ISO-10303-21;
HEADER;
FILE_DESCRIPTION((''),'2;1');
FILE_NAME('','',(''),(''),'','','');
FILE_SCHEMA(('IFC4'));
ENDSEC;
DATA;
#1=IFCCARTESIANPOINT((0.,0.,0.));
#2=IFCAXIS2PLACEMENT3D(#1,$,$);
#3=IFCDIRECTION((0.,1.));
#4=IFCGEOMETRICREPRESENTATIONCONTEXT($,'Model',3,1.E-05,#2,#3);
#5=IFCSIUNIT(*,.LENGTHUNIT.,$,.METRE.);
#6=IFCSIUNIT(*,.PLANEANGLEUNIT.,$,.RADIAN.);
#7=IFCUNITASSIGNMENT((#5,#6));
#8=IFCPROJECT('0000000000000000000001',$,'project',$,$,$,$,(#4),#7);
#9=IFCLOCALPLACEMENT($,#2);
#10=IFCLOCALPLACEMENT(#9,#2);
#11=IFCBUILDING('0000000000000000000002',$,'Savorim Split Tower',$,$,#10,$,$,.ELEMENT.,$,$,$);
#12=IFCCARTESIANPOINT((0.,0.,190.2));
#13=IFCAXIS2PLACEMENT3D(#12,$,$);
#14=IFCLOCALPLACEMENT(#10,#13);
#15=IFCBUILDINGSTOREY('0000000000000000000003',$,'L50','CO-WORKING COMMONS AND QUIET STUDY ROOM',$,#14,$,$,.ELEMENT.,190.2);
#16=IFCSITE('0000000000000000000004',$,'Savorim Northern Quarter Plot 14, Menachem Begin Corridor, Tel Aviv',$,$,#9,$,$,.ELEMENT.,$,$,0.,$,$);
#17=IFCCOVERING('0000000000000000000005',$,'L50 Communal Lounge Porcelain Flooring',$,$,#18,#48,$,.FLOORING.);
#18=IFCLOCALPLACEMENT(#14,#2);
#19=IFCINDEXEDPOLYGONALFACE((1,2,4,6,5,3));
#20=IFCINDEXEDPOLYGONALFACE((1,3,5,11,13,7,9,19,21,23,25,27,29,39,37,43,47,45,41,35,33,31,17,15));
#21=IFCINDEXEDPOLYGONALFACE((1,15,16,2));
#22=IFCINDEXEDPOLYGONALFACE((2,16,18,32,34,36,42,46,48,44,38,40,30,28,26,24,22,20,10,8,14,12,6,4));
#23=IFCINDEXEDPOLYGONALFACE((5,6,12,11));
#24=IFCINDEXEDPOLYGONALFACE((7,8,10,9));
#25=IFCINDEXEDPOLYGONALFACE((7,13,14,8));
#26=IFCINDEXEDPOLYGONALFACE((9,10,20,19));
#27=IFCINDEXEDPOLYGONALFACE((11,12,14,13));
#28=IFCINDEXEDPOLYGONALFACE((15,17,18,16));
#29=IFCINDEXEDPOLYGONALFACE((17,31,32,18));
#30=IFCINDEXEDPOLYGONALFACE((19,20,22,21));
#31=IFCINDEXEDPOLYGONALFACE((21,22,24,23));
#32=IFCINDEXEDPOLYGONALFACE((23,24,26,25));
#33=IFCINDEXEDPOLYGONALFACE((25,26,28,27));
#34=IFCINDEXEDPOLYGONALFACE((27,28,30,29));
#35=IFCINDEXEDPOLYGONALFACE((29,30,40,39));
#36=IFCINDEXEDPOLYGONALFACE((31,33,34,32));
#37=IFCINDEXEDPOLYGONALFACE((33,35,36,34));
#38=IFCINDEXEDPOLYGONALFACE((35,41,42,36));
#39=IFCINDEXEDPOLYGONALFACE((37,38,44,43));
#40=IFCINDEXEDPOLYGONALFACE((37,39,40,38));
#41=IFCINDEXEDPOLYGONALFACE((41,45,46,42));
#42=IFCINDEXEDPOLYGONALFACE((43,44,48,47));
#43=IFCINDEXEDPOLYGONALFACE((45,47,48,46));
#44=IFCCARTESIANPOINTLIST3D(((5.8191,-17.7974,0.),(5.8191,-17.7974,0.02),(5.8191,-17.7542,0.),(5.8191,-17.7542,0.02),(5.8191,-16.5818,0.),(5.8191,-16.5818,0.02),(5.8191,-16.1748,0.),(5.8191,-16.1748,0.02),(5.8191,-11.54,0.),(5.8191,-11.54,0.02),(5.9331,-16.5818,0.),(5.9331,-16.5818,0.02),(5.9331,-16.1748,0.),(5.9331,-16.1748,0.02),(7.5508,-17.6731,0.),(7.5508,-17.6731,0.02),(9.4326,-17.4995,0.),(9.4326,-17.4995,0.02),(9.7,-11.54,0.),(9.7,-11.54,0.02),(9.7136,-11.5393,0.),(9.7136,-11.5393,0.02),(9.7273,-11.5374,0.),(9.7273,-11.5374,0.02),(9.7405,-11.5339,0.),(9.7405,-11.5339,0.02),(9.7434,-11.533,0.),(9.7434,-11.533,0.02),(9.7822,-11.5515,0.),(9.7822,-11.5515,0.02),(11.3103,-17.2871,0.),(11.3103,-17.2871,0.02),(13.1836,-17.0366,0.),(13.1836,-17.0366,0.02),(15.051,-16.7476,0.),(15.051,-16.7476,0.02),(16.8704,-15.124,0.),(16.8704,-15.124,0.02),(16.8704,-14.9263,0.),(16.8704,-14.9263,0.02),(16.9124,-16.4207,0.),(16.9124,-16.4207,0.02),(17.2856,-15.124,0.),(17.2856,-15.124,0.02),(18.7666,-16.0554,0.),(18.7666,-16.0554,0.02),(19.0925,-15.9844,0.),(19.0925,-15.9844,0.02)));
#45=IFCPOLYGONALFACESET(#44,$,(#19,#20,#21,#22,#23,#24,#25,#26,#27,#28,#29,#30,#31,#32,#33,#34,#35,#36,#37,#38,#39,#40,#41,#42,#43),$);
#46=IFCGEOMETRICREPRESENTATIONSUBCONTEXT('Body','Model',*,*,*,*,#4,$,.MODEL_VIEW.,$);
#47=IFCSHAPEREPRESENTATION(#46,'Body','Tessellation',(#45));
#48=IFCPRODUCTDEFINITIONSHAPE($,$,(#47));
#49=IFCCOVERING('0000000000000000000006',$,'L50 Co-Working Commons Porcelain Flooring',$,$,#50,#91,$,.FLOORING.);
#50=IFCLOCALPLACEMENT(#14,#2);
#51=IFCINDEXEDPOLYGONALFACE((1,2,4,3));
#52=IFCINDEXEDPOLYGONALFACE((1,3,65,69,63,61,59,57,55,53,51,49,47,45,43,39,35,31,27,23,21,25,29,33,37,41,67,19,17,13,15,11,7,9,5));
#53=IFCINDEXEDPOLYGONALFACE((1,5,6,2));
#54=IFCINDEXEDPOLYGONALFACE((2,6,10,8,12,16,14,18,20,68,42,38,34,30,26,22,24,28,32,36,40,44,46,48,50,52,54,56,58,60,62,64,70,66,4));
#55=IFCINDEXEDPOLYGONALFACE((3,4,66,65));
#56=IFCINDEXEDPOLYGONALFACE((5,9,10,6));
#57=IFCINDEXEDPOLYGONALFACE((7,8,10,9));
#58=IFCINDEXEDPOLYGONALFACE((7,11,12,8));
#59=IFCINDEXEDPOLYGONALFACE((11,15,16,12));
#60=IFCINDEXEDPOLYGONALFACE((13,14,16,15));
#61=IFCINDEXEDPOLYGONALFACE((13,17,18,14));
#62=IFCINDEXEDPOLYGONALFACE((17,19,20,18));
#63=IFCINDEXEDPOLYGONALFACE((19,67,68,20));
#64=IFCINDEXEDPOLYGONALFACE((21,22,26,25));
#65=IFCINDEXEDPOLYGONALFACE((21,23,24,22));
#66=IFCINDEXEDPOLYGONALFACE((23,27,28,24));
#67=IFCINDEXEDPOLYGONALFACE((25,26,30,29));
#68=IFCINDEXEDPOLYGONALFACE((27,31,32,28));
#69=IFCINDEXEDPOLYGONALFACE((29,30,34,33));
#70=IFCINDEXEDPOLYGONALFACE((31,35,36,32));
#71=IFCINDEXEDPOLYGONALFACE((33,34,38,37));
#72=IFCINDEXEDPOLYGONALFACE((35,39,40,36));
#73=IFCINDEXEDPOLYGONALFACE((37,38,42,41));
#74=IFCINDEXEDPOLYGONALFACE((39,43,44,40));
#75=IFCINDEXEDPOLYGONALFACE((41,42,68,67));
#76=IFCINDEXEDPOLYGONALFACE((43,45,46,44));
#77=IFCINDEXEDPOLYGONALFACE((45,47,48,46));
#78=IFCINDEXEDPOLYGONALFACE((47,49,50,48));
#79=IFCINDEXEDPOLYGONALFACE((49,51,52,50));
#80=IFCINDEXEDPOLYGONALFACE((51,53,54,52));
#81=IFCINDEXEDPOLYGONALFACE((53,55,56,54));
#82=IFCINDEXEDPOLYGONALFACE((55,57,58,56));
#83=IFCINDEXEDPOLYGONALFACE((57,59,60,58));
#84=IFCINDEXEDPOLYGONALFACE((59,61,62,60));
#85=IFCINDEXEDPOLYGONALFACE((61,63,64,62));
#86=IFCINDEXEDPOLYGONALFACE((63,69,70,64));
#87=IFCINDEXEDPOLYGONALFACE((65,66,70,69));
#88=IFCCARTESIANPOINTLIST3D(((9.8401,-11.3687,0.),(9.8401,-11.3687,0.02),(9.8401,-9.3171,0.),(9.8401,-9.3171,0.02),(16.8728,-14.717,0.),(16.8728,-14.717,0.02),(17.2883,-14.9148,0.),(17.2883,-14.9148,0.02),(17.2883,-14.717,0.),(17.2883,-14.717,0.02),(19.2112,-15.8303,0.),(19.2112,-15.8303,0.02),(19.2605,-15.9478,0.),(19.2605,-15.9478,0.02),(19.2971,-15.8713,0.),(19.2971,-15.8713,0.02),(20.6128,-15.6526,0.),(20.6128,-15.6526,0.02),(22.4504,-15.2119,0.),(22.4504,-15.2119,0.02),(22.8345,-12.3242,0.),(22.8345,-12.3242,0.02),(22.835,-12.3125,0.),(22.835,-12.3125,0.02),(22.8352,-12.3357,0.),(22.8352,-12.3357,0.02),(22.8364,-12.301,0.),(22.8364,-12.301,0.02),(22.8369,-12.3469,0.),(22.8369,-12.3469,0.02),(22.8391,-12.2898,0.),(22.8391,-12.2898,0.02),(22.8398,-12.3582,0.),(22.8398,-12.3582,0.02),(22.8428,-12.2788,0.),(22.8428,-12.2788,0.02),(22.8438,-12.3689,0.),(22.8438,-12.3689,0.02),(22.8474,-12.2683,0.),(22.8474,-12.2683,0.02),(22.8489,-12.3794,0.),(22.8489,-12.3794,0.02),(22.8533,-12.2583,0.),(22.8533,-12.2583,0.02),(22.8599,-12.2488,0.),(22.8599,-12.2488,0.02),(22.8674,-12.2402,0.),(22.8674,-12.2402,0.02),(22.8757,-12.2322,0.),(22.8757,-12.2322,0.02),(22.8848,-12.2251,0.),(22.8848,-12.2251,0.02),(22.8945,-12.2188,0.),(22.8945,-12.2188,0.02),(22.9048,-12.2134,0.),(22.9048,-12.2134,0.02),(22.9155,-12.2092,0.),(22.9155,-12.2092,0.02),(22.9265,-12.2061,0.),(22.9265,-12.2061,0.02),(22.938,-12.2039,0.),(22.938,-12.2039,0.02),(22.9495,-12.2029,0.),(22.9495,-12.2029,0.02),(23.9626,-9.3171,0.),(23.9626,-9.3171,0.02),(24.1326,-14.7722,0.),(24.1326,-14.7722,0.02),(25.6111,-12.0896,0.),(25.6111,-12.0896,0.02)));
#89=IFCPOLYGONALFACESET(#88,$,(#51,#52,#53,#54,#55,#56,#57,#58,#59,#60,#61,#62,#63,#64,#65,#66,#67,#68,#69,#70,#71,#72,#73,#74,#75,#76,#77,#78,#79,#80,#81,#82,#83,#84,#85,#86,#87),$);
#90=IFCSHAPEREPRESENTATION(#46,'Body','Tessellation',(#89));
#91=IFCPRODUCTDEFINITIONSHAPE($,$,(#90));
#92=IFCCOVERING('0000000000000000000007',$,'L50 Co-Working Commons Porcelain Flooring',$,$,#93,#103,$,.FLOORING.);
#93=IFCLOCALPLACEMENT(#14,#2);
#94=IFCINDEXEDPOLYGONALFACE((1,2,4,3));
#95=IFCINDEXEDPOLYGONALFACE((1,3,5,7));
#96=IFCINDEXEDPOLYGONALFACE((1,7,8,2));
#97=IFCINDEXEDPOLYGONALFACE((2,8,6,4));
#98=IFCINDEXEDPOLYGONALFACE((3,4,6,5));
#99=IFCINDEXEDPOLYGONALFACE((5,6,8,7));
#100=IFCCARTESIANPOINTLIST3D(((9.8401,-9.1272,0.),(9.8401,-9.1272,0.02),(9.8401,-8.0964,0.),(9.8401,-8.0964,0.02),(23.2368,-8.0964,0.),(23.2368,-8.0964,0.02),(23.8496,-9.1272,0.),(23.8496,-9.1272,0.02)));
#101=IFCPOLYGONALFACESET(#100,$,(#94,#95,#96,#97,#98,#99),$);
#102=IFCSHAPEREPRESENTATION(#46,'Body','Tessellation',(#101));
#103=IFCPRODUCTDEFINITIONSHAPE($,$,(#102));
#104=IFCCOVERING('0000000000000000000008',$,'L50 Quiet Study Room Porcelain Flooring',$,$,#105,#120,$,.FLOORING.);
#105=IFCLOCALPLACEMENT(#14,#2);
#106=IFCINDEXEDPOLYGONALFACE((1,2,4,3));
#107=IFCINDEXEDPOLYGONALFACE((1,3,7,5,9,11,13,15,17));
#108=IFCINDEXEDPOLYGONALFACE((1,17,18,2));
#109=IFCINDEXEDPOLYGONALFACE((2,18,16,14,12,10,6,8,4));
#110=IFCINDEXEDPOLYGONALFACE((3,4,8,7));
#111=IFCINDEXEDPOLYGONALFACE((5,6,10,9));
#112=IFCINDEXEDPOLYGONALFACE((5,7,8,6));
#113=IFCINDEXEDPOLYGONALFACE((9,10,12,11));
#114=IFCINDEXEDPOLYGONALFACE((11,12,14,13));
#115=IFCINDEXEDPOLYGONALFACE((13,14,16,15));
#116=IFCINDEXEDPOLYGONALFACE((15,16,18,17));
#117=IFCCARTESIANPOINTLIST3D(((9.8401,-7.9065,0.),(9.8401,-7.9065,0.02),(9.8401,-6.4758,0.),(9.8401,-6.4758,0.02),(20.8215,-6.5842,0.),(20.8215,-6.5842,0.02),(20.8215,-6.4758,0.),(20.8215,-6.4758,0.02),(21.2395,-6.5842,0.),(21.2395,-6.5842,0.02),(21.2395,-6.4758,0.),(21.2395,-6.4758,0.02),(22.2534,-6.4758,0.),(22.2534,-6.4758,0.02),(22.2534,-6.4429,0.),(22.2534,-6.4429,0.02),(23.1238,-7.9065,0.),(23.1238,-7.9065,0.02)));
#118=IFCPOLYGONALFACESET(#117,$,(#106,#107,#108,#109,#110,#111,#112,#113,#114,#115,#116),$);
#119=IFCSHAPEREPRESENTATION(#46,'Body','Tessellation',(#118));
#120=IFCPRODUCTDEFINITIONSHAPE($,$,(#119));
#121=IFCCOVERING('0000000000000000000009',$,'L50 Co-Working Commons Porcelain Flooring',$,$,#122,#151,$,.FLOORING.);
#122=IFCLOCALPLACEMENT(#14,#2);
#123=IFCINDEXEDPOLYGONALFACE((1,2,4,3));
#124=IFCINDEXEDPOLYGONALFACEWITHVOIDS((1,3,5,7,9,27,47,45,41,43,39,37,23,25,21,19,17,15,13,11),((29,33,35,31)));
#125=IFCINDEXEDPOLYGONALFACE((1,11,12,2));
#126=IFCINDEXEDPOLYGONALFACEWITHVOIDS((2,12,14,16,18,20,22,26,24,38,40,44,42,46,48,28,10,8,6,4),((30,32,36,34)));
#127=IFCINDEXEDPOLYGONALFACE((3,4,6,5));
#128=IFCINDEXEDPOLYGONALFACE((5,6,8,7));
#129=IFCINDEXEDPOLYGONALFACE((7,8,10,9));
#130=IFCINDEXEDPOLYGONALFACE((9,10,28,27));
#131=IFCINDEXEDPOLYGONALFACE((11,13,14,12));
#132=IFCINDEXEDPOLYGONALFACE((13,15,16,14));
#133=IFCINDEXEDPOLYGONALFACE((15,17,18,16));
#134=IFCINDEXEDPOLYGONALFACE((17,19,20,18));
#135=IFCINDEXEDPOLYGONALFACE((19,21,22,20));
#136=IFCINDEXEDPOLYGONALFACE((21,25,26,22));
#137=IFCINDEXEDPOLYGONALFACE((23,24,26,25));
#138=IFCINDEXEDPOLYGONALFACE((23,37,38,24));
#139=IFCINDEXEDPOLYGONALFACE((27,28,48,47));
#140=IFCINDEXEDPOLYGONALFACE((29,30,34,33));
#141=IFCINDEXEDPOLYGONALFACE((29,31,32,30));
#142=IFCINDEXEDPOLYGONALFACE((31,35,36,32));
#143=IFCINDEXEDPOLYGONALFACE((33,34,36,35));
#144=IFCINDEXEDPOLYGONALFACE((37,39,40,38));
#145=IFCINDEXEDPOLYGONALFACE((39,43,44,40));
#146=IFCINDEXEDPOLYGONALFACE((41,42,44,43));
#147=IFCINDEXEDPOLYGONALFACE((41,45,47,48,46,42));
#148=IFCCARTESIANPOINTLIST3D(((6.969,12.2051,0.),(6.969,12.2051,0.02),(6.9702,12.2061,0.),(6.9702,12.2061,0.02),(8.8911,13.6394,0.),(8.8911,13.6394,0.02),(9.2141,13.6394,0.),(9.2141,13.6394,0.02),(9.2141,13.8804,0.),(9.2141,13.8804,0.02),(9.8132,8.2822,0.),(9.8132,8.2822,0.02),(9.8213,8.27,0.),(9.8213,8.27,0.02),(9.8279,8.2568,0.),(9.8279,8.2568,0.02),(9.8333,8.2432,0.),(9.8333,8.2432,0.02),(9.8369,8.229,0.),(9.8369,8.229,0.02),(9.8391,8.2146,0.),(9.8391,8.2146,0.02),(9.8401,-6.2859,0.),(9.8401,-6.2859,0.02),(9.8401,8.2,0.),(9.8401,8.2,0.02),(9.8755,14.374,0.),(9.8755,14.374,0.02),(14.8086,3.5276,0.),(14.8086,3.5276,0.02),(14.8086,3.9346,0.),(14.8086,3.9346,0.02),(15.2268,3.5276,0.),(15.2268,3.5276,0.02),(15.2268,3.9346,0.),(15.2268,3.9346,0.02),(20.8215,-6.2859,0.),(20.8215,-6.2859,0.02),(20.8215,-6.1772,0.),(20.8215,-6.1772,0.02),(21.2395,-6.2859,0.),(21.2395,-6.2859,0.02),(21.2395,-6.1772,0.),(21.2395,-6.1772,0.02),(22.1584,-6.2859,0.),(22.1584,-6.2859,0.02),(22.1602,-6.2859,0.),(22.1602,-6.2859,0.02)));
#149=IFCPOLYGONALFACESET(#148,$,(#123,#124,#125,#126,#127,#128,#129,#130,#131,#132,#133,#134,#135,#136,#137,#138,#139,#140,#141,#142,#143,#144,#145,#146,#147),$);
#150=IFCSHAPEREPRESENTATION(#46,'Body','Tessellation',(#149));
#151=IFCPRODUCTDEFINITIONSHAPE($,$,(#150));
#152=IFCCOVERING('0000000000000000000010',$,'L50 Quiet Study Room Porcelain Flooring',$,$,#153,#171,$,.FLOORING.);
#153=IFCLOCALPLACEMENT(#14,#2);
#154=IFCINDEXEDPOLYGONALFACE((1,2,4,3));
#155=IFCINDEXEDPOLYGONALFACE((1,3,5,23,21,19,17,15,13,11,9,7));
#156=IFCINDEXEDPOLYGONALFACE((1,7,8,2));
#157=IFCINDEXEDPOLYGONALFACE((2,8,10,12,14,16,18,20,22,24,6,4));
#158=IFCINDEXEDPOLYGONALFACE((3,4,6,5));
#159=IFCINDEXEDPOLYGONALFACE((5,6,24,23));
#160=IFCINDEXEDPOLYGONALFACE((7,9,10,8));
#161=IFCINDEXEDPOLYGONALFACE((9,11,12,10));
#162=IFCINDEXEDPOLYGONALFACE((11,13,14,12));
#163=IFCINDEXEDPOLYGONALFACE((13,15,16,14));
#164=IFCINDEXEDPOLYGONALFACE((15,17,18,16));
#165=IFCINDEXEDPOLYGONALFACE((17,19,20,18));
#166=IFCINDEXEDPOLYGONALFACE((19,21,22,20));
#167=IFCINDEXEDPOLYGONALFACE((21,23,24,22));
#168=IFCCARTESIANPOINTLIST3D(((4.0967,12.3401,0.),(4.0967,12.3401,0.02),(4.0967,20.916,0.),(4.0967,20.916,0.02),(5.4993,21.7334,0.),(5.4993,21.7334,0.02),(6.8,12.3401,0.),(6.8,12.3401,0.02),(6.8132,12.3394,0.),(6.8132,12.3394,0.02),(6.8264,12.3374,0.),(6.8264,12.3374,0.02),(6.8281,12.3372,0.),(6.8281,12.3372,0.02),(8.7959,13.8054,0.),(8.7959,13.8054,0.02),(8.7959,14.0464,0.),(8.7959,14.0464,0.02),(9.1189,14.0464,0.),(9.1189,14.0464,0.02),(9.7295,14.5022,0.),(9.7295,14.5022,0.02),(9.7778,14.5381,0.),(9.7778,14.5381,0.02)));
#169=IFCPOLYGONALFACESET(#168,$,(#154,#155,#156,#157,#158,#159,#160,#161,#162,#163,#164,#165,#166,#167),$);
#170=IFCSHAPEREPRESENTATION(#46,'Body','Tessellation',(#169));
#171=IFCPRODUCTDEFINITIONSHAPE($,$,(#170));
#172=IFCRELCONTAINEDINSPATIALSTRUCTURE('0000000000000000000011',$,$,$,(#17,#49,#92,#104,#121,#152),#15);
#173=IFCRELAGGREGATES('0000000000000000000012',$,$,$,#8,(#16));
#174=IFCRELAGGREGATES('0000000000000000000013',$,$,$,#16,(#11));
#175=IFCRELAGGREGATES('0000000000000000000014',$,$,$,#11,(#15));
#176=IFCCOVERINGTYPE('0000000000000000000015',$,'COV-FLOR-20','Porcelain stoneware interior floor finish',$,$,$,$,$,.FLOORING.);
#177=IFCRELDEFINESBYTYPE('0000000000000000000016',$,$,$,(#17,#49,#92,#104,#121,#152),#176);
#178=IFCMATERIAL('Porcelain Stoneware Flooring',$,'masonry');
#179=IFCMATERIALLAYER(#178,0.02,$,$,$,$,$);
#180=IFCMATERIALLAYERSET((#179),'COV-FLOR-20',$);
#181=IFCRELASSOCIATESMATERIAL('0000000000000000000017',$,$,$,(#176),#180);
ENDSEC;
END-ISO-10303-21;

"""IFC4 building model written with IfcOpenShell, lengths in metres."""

from ifc_helpers import new_model, si_unit, direction, frame, origin, place, context, subcontext, project, spatial, polyline, outline, extrude, material, layer, layer_set, type_object, element, save


model = new_model("IFC4")

# Units and contexts
model_context = context("Model", 3, precision=1e-05, world=origin(), true_north=direction((0.0, 1.0)))
body_context = subcontext(model_context, "Body", "Model", "MODEL_VIEW")
ifc_project = project(units=[si_unit("LENGTHUNIT", "METRE"), si_unit("PLANEANGLEUNIT", "RADIAN")], contexts=[model_context])

# Site, building, storey
site_placement = place(None, origin())
site = spatial("IfcSite", under=ifc_project, at=site_placement, Name="Savorim Northern Quarter Plot 14, Menachem Begin Corridor, Tel Aviv", CompositionType="ELEMENT", RefElevation=0.0)
building_placement = place(site_placement, origin())
building = spatial("IfcBuilding", under=site, at=building_placement, Name="Savorim Split Tower", CompositionType="ELEMENT")
storey_placement = place(building_placement, frame((0.0, 0.0, 190.2)))
storey = spatial("IfcBuildingStorey", under=building, at=storey_placement, Name="L50", Description="CO-WORKING COMMONS AND QUIET STUDY ROOM", CompositionType="ELEMENT", Elevation=190.2)

# Coverings
ifc_material_1 = material(Name="Porcelain Stoneware Flooring", Category="masonry")
ifc_layer_1 = layer(ifc_material_1, 0.02)
ifc_layer_set_1 = layer_set([ifc_layer_1], Name="COV-FLOR-20")
covering_type_1 = type_object("IfcCoveringType", Name="COV-FLOR-20", Description="Porcelain stoneware interior floor finish", PredefinedType="FLOORING", material=ifc_layer_set_1)
covering_1_placement = place(storey_placement, origin())
element("IfcCovering", 1, at=covering_1_placement, inside=storey, type_object=covering_type_1, Name="L50 Communal Lounge Porcelain Flooring", PredefinedType="FLOORING", context=body_context, shape_type="SweptSolid", body=[
    extrude(outline(polyline([(13.1836, -17.0366), (15.051, -16.7476), (16.9124, -16.4207), (18.7666, -16.0554), (19.0925, -15.9844), (17.2856, -15.124), (16.8704, -15.124), (16.8704, -14.9263), (9.7822, -11.5515), (9.7434, -11.533), (9.7405, -11.5339), (9.7273, -11.5374), (9.7136, -11.5393), (9.7, -11.54), (5.8191, -11.54), (5.8191, -16.1748), (5.9331, -16.1748), (5.9331, -16.5818), (5.8191, -16.5818), (5.8191, -17.7542), (5.8191, -17.7974), (7.5508, -17.6731), (9.4326, -17.4995), (11.3103, -17.2871), (13.1836, -17.0366)])), origin(), (0.0, 0.0, 1.0), 0.02),
])
covering_2_placement = place(storey_placement, origin())
element("IfcCovering", 2, at=covering_2_placement, inside=storey, type_object=covering_type_1, Name="L50 Co-Working Commons Porcelain Flooring", PredefinedType="FLOORING", context=body_context, shape_type="SweptSolid", body=[
    extrude(outline(polyline([(22.9265, -12.2061), (22.938, -12.2039), (22.9495, -12.2029), (25.6111, -12.0896), (23.9626, -9.3171), (9.8401, -9.3171), (9.8401, -11.3687), (16.8728, -14.717), (17.2883, -14.717), (17.2883, -14.9148), (19.2112, -15.8303), (19.2971, -15.8713), (19.2605, -15.9478), (20.6128, -15.6526), (22.4504, -15.2119), (24.1326, -14.7722), (22.8489, -12.3794), (22.8438, -12.3689), (22.8398, -12.3582), (22.8369, -12.3469), (22.8352, -12.3357), (22.8345, -12.3242), (22.835, -12.3125), (22.8364, -12.301), (22.8391, -12.2898), (22.8428, -12.2788), (22.8474, -12.2683), (22.8533, -12.2583), (22.8599, -12.2488), (22.8674, -12.2402), (22.8757, -12.2322), (22.8848, -12.2251), (22.8945, -12.2188), (22.9048, -12.2134), (22.9155, -12.2092), (22.9265, -12.2061)])), origin(), (0.0, 0.0, 1.0), 0.02),
])
covering_3_placement = place(storey_placement, origin())
element("IfcCovering", 3, at=covering_3_placement, inside=storey, type_object=covering_type_1, Name="L50 Co-Working Commons Porcelain Flooring", PredefinedType="FLOORING", context=body_context, shape_type="SweptSolid", body=[
    extrude(outline(polyline([(23.8496, -9.1272), (23.2368, -8.0964), (9.8401, -8.0964), (9.8401, -9.1272), (23.8496, -9.1272)])), origin(), (0.0, 0.0, 1.0), 0.02),
])
covering_4_placement = place(storey_placement, origin())
element("IfcCovering", 4, at=covering_4_placement, inside=storey, type_object=covering_type_1, Name="L50 Quiet Study Room Porcelain Flooring", PredefinedType="FLOORING", context=body_context, shape_type="SweptSolid", body=[
    extrude(outline(polyline([(20.8215, -6.5842), (20.8215, -6.4758), (9.8401, -6.4758), (9.8401, -7.9065), (23.1238, -7.9065), (22.2534, -6.4429), (22.2534, -6.4758), (21.2395, -6.4758), (21.2395, -6.5842), (20.8215, -6.5842)])), origin(), (0.0, 0.0, 1.0), 0.02),
])
covering_5_placement = place(storey_placement, origin())
element("IfcCovering", 5, at=covering_5_placement, inside=storey, type_object=covering_type_1, Name="L50 Co-Working Commons Porcelain Flooring", PredefinedType="FLOORING", context=body_context, shape_type="SweptSolid", body=[
    extrude(outline(polyline([(21.2395, -6.1772), (21.2395, -6.2859), (22.1584, -6.2859), (22.1602, -6.2859), (9.8755, 14.374), (9.2141, 13.8804), (9.2141, 13.6394), (8.8911, 13.6394), (6.9702, 12.2061), (6.969, 12.2051), (9.8132, 8.2822), (9.8213, 8.27), (9.8279, 8.2568), (9.8333, 8.2432), (9.8369, 8.229), (9.8391, 8.2146), (9.8401, 8.2), (9.8401, -6.2859), (20.8215, -6.2859), (20.8215, -6.1772), (21.2395, -6.1772)]), holes=[polyline([(15.2268, 3.5276), (15.2268, 3.9346), (14.8086, 3.9346), (14.8086, 3.5276), (15.2268, 3.5276)])]), origin(), (0.0, 0.0, 1.0), 0.02),
])
covering_6_placement = place(storey_placement, origin())
element("IfcCovering", 6, at=covering_6_placement, inside=storey, type_object=covering_type_1, Name="L50 Quiet Study Room Porcelain Flooring", PredefinedType="FLOORING", context=body_context, shape_type="SweptSolid", body=[
    extrude(outline(polyline([(9.7295, 14.5022), (9.7778, 14.5381), (5.4993, 21.7334), (4.0967, 20.916), (4.0967, 12.3401), (6.8, 12.3401), (6.8132, 12.3394), (6.8264, 12.3374), (6.8281, 12.3372), (8.7959, 13.8054), (8.7959, 14.0464), (9.1189, 14.0464), (9.7295, 14.5022)])), origin(), (0.0, 0.0, 1.0), 0.02),
])

save(model, "model.ifc")
